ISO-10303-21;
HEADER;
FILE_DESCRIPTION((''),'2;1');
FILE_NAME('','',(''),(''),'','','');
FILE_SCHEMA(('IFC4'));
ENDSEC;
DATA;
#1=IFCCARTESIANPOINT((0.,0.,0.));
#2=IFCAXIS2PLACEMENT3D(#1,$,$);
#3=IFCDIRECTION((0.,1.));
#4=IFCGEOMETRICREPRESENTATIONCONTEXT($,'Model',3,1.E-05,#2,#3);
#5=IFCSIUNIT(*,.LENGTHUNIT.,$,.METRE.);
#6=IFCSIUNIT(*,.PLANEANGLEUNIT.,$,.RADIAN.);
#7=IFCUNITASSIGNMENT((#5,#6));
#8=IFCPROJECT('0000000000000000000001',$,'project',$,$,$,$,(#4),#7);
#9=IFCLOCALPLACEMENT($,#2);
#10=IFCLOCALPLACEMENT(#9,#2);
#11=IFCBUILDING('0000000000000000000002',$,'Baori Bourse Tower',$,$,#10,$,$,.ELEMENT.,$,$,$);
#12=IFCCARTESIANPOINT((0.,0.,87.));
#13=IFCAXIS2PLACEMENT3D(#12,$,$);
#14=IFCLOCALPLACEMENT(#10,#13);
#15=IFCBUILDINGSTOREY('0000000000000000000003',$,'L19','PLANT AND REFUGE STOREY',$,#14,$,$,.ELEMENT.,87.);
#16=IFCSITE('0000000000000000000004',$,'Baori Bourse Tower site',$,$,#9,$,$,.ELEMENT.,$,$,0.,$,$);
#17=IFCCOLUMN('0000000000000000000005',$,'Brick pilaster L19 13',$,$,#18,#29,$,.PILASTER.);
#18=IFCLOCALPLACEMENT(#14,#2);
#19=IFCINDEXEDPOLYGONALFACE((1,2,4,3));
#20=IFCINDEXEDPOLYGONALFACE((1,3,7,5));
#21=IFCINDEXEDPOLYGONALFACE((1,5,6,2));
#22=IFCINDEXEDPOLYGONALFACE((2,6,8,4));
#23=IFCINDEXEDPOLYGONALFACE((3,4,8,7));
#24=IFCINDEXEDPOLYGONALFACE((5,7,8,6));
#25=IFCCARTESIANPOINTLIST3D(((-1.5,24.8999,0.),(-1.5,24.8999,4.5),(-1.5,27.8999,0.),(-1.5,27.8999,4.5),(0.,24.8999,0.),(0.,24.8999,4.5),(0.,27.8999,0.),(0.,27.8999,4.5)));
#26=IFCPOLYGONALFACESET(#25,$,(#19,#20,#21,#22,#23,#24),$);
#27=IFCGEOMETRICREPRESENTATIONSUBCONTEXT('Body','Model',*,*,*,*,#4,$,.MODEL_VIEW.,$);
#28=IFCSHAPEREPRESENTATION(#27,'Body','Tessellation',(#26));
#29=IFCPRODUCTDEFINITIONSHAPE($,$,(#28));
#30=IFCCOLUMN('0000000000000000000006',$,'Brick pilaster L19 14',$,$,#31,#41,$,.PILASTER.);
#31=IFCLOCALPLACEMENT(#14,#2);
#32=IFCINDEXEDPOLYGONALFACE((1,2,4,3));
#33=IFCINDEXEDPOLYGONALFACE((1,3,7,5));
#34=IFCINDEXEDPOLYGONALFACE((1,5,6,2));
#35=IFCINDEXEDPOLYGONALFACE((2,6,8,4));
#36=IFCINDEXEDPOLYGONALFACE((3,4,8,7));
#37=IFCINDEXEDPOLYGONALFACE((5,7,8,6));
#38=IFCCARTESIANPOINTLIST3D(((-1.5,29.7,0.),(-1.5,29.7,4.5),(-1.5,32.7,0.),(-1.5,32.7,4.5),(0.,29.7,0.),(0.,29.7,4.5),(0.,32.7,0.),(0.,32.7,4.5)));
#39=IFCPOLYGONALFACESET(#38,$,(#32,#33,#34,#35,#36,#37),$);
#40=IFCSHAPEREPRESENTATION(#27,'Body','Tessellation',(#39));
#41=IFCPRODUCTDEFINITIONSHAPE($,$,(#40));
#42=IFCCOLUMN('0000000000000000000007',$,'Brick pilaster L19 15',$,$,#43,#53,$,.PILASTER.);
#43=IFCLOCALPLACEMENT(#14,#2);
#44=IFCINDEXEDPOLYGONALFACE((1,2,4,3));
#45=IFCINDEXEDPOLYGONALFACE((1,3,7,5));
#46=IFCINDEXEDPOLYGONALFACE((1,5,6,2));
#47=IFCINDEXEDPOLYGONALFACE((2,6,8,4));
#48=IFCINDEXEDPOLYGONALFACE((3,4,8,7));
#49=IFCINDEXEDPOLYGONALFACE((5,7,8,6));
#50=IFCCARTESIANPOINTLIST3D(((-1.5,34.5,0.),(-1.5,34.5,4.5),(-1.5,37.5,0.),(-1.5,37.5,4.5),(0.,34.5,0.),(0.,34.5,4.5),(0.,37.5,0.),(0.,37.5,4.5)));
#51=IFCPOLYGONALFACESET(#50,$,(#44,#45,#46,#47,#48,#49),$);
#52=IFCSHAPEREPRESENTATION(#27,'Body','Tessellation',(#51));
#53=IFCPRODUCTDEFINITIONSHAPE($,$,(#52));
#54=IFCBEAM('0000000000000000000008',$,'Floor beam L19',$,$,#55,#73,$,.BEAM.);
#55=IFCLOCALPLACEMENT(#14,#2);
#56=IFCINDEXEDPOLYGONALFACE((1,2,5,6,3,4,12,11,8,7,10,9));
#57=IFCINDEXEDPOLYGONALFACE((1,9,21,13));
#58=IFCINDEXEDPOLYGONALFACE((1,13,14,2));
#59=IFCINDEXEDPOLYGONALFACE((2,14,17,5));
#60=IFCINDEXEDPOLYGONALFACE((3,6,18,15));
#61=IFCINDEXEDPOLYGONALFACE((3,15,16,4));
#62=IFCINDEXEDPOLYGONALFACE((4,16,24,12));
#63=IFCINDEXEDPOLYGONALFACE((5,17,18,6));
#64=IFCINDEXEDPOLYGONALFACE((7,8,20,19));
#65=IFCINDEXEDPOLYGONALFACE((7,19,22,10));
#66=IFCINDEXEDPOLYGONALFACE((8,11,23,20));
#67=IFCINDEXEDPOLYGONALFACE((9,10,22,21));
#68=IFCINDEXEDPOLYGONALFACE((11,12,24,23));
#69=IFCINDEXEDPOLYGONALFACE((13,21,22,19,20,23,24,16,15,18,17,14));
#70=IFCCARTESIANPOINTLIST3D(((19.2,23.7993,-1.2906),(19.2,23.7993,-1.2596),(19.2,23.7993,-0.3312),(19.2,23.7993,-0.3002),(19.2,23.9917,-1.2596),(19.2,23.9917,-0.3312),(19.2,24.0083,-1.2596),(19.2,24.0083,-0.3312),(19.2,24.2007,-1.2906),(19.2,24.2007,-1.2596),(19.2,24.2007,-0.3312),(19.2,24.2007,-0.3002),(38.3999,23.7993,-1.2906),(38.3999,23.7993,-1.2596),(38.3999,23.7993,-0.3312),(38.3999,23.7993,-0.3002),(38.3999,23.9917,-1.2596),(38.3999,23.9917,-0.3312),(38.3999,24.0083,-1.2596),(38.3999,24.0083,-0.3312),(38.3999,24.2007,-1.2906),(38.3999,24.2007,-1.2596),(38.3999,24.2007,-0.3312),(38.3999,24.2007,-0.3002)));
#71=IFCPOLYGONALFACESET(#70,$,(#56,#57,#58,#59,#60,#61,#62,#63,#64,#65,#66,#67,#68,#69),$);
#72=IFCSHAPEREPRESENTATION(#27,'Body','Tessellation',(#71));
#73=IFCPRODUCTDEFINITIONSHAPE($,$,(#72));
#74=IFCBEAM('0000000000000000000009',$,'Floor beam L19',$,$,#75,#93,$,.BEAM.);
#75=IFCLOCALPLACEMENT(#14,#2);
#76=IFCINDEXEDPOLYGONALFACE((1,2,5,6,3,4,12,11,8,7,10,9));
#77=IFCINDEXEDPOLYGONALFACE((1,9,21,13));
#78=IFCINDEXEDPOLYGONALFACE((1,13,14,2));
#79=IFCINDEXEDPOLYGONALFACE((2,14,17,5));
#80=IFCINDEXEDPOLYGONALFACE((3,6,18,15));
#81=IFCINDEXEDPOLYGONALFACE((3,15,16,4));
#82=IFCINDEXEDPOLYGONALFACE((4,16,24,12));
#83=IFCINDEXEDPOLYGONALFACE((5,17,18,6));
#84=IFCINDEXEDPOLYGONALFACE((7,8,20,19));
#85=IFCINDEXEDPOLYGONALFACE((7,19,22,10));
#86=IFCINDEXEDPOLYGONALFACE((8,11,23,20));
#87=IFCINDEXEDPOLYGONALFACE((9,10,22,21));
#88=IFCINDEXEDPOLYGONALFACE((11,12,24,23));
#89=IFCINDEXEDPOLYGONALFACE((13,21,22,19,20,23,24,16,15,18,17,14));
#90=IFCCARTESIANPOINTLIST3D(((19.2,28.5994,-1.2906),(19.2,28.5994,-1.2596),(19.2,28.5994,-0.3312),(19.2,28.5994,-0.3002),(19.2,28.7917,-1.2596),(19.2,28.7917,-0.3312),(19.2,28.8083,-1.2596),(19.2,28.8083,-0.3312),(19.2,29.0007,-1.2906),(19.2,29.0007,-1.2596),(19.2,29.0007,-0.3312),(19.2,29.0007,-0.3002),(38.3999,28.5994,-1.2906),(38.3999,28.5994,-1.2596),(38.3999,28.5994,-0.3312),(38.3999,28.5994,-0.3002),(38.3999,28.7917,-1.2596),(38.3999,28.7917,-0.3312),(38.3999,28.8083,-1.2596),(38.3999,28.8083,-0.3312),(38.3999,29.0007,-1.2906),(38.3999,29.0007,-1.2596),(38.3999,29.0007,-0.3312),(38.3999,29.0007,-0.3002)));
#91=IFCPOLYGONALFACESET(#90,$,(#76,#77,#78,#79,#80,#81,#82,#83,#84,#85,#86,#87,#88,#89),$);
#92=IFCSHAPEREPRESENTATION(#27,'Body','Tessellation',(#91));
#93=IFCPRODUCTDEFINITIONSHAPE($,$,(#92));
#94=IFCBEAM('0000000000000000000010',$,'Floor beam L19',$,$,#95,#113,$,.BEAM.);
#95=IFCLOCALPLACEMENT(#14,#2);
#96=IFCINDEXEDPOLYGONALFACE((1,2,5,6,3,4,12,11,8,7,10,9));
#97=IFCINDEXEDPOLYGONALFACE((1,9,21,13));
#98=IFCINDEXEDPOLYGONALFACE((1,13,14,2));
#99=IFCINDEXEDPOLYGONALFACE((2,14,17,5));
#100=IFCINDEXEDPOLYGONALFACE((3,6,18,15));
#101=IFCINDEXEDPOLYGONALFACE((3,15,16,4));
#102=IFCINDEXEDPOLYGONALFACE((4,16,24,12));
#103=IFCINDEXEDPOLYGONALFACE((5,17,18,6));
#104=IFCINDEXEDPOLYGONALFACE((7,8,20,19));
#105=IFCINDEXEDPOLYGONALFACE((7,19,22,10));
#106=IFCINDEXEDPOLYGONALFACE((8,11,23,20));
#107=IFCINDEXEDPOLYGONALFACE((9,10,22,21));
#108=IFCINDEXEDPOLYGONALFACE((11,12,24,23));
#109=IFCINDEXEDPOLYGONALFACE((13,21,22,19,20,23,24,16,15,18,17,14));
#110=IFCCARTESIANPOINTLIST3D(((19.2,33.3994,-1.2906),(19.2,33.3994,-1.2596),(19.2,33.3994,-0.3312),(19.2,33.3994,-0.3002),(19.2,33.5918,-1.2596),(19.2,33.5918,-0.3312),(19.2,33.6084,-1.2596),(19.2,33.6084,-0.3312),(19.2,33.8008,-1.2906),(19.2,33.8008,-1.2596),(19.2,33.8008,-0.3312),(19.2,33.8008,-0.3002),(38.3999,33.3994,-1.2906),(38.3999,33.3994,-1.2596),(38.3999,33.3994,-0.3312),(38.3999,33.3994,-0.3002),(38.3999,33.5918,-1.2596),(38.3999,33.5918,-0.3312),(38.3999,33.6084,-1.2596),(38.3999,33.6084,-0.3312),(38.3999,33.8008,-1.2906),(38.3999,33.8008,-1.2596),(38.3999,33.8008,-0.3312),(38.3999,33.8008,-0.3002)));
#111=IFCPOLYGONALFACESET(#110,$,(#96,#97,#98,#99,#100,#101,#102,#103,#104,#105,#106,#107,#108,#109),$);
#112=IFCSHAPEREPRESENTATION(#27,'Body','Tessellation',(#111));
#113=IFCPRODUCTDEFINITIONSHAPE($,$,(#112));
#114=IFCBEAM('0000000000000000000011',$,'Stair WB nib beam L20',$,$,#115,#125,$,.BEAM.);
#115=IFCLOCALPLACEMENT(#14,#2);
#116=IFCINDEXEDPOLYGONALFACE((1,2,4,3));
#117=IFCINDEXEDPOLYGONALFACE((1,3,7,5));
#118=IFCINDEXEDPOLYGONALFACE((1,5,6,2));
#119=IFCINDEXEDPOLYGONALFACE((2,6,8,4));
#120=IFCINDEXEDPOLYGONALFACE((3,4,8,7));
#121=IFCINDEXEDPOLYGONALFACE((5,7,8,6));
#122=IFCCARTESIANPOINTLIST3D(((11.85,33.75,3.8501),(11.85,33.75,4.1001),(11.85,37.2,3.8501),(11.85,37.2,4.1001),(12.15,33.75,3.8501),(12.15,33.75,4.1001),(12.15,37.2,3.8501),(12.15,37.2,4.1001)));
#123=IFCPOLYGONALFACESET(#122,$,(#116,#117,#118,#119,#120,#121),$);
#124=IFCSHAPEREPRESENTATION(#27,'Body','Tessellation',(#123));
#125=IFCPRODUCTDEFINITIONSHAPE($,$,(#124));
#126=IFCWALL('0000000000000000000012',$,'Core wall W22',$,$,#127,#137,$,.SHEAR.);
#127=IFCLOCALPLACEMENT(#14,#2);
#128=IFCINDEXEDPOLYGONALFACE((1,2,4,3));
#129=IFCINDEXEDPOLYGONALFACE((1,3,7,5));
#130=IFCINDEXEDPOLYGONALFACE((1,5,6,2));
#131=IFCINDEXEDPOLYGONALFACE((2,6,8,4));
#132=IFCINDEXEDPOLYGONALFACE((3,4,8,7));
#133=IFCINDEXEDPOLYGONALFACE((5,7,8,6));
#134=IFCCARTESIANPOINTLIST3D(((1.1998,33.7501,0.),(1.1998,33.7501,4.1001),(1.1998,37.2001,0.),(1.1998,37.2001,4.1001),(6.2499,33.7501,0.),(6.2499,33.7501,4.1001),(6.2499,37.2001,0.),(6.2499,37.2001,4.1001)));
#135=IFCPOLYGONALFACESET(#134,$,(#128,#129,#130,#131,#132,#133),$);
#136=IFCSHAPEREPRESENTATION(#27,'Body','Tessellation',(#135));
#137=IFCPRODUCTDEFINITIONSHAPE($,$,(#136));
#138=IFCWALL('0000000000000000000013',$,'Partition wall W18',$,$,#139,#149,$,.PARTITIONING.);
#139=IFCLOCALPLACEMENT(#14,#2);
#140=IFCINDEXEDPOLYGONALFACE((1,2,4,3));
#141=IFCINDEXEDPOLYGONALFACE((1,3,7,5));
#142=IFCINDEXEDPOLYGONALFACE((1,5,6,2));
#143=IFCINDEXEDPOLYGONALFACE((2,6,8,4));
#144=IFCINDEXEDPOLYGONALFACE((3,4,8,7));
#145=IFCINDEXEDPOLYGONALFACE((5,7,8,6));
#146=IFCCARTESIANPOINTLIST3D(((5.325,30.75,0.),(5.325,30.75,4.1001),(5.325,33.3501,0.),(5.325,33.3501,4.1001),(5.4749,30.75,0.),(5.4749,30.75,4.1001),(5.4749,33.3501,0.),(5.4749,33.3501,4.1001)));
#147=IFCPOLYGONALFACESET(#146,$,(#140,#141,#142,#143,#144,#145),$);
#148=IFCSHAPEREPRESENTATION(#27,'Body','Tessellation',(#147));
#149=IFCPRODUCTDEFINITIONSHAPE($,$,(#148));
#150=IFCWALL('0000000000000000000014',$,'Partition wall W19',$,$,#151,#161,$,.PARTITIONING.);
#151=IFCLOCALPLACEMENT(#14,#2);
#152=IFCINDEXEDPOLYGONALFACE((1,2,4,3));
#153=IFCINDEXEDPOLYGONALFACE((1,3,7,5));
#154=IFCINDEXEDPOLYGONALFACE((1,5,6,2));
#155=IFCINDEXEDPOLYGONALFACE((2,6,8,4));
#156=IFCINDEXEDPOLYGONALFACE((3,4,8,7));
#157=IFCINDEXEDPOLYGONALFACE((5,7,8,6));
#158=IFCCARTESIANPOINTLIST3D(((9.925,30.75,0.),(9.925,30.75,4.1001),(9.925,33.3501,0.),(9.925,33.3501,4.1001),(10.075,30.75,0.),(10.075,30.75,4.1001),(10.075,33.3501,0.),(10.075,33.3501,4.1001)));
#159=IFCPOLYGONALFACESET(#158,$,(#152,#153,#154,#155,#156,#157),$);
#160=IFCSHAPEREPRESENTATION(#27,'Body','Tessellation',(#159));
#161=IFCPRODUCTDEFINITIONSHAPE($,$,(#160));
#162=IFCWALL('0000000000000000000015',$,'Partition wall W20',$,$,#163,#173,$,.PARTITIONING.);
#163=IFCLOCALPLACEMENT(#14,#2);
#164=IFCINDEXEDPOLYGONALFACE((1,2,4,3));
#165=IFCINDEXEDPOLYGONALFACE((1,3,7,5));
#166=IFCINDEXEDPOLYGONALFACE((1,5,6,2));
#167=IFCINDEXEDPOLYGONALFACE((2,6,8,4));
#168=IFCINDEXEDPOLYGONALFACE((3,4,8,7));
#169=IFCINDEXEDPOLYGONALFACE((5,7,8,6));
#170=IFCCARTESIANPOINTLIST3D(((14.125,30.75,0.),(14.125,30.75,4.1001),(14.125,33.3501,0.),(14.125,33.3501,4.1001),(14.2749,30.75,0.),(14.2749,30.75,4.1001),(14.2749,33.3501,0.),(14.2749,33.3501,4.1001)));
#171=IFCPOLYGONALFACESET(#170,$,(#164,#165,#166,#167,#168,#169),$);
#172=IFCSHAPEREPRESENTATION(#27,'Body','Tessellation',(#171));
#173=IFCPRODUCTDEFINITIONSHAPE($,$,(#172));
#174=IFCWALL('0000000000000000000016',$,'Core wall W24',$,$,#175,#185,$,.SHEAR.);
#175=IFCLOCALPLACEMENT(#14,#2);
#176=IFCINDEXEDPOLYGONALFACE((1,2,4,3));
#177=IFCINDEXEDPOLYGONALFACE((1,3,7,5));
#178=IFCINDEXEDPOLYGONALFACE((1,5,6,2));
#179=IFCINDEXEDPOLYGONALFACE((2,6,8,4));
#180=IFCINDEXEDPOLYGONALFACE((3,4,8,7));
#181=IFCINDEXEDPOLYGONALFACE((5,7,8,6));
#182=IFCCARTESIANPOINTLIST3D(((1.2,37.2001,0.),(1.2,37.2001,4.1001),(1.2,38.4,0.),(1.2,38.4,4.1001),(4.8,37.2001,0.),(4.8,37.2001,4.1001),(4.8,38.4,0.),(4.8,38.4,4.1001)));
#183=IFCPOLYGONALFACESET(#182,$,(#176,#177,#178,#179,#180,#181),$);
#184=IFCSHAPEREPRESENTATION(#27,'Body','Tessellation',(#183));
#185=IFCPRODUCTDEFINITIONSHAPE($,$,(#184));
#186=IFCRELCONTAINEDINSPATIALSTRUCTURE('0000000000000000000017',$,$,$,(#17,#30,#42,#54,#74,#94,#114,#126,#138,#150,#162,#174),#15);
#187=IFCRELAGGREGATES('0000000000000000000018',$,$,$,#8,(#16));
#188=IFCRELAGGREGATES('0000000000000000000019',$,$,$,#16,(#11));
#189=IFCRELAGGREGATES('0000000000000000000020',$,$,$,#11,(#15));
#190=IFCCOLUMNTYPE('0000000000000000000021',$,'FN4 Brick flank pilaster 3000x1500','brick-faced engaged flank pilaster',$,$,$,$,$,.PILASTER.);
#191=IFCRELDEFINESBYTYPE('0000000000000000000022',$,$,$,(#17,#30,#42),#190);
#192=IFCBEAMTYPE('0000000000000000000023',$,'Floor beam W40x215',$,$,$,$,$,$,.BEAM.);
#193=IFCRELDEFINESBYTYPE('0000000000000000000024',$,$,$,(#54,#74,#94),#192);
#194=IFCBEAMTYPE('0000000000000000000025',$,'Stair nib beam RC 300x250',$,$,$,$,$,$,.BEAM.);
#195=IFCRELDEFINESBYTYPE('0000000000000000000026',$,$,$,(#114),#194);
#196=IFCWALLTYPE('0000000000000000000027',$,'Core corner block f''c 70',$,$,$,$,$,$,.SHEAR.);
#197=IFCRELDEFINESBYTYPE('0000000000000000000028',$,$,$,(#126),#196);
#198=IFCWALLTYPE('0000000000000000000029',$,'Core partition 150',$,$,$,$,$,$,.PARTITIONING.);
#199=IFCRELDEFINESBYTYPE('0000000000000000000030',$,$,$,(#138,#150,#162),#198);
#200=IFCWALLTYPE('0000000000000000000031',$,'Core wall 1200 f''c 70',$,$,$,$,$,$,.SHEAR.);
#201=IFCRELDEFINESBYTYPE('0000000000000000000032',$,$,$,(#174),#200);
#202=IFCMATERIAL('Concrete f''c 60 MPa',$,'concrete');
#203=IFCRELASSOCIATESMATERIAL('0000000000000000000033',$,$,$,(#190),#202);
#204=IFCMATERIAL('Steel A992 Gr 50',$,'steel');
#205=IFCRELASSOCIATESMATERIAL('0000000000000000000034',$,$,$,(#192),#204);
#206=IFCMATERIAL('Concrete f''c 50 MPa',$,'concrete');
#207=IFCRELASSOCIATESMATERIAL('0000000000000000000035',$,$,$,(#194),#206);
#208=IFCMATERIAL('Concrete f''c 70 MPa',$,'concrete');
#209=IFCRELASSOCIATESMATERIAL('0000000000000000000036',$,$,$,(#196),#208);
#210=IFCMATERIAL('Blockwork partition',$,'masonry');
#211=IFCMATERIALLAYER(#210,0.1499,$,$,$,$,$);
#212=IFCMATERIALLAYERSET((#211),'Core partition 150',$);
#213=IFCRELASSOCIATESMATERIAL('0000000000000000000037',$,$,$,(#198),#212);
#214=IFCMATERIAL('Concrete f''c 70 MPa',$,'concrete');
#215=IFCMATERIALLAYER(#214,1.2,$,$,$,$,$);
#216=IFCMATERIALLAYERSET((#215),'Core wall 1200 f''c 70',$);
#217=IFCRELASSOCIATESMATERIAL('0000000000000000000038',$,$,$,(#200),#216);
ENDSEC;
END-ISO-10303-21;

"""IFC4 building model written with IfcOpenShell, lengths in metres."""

from ifc_helpers import new_model, si_unit, direction, frame, frame_2d, origin, origin_2d, place, context, subcontext, project, spatial, rectangle, i_section, extrude, material, layer, layer_set, material_profile, profile_set, type_object, element, save


model = new_model("IFC4")

# Units and contexts
model_context = context("Model", 3, precision=1e-05, world=origin(), true_north=direction((0.0, 1.0)))
body_context = subcontext(model_context, "Body", "Model", "MODEL_VIEW")
ifc_project = project(units=[si_unit("LENGTHUNIT", "METRE"), si_unit("PLANEANGLEUNIT", "RADIAN")], contexts=[model_context])

# Site, building, storey
site_placement = place(None, origin())
site = spatial("IfcSite", under=ifc_project, at=site_placement, Name="Baori Bourse Tower site", CompositionType="ELEMENT", RefElevation=0.0)
building_placement = place(site_placement, origin())
building = spatial("IfcBuilding", under=site, at=building_placement, Name="Baori Bourse Tower", CompositionType="ELEMENT")
storey_placement = place(building_placement, frame((0.0, 0.0, 87.0)))
storey = spatial("IfcBuildingStorey", under=building, at=storey_placement, Name="L19", Description="PLANT AND REFUGE STOREY", CompositionType="ELEMENT", Elevation=87.0)

# Columns
ifc_material_1 = material(Name="Concrete f'c 60 MPa", Category="concrete")
ifc_material_profile_1 = material_profile(ifc_material_1, rectangle(XDim=3.0, YDim=1.5, at=origin_2d()), Name="RC 3000x1500")
ifc_profile_set_1 = profile_set([ifc_material_profile_1], Name="Concrete f'c 60 MPa")
column_type = type_object("IfcColumnType", Name="FN4 Brick flank pilaster 3000x1500", Description="brick-faced engaged flank pilaster", PredefinedType="PILASTER", material=ifc_profile_set_1)
for number, where, z_axis, x_axis, name in (
    (1, (-0.75, 26.3999, 0.0), (0.0, 0.0, 1.0), (0.0, 1.0, 0.0), "Brick pilaster L19 13"),
    (2, (-0.75, 31.2, 0.0), (0.0, 0.0, 1.0), (0.0, 1.0, 0.0), "Brick pilaster L19 14"),
    (3, (-0.75, 36.0, 0.0), (0.0, 0.0, 1.0), (0.0, 1.0, 0.0), "Brick pilaster L19 15"),
):
    element("IfcColumn", number, at=place(storey_placement, frame(where, z_axis=z_axis, x_axis=x_axis)), inside=storey, type_object=column_type, Name=name, PredefinedType="PILASTER", context=body_context, shape_type="SweptSolid", body=[
        extrude(rectangle(XDim=3.0, YDim=1.5, at=origin_2d()), origin(), (0.0, 0.0, 1.0), 4.5),
    ])

# Beams
ifc_material_2 = material(Name="Steel A992 Gr 50", Category="steel")
ifc_material_profile_2 = material_profile(ifc_material_2, i_section(OverallWidth=0.4014, OverallDepth=0.9905, WebThickness=0.0166, FlangeThickness=0.031, at=origin_2d()), Name="W40x215")
ifc_profile_set_2 = profile_set([ifc_material_profile_2], Name="Steel A992 Gr 50")
beam_type_1 = type_object("IfcBeamType", Name="Floor beam W40x215", PredefinedType="BEAM", material=ifc_profile_set_2)
for number, where, z_axis, x_axis, name in (
    (4, (19.2, 24.0, -0.7954), (1.0, 0.0, 0.0), (0.0, 1.0, 0.0), "Floor beam L19"),
    (5, (19.2, 28.8, -0.7954), (1.0, 0.0, 0.0), (0.0, 1.0, 0.0), "Floor beam L19"),
    (6, (19.2, 33.6001, -0.7954), (1.0, 0.0, 0.0), (0.0, 1.0, 0.0), "Floor beam L19"),
):
    element("IfcBeam", number, at=place(storey_placement, frame(where, z_axis=z_axis, x_axis=x_axis)), inside=storey, type_object=beam_type_1, Name=name, PredefinedType="BEAM", context=body_context, shape_type="SweptSolid", body=[
        extrude(i_section(OverallWidth=0.4014, OverallDepth=0.9905, WebThickness=0.0166, FlangeThickness=0.031, at=origin_2d()), origin(), (0.0, 0.0, 1.0), 19.2),
    ])
ifc_material_3 = material(Name="Concrete f'c 50 MPa", Category="concrete")
ifc_material_profile_3 = material_profile(ifc_material_3, rectangle(XDim=0.3, YDim=0.25, at=origin_2d()), Name="RC 300x250")
ifc_profile_set_3 = profile_set([ifc_material_profile_3], Name="Concrete f'c 50 MPa")
beam_type_2 = type_object("IfcBeamType", Name="Stair nib beam RC 300x250", PredefinedType="BEAM", material=ifc_profile_set_3)
beam_placement = place(storey_placement, frame((12.0, 33.75, 3.9751), z_axis=(0.0, 1.0, 0.0), x_axis=(-1.0, 0.0, 0.0)))
element("IfcBeam", 7, at=beam_placement, inside=storey, type_object=beam_type_2, Name="Stair WB nib beam L20", PredefinedType="BEAM", context=body_context, shape_type="SweptSolid", body=[
    extrude(rectangle(XDim=0.3, YDim=0.25, at=origin_2d()), origin(), (0.0, 0.0, 1.0), 3.45),
])

# Walls
ifc_material_4 = material(Name="Concrete f'c 70 MPa", Category="concrete")
wall_type_1 = type_object("IfcWallType", Name="Core corner block f'c 70", PredefinedType="SHEAR", material=ifc_material_4)
wall_1_placement = place(storey_placement, frame((1.2, 35.4751, 0.0), z_axis=(0.0, 0.0, 1.0), x_axis=(1.0, 0.0, 0.0)))
element("IfcWall", 8, at=wall_1_placement, inside=storey, type_object=wall_type_1, Name="Core wall W22", PredefinedType="SHEAR", context=body_context, shape_type="SweptSolid", body=[
    extrude(rectangle(XDim=5.05, YDim=3.45, at=frame_2d((2.5249, 0.0))), origin(), (0.0, 0.0, 1.0), 4.1001),
])
ifc_material_5 = material(Name="Blockwork partition", Category="masonry")
ifc_layer_1 = layer(ifc_material_5, 0.1499)
ifc_layer_set_1 = layer_set([ifc_layer_1], Name="Core partition 150")
wall_type_2 = type_object("IfcWallType", Name="Core partition 150", PredefinedType="PARTITIONING", material=ifc_layer_set_1)
for number, where, z_axis, x_axis, name in (
    (9, (5.3999, 30.75, 0.0), (0.0, 0.0, 1.0), (0.0, 1.0, 0.0), "Partition wall W18"),
    (10, (10.0, 30.75, 0.0), (0.0, 0.0, 1.0), (0.0, 1.0, 0.0), "Partition wall W19"),
    (11, (14.2, 30.75, 0.0), (0.0, 0.0, 1.0), (0.0, 1.0, 0.0), "Partition wall W20"),
):
    element("IfcWall", number, at=place(storey_placement, frame(where, z_axis=z_axis, x_axis=x_axis)), inside=storey, type_object=wall_type_2, Name=name, PredefinedType="PARTITIONING", context=body_context, shape_type="SweptSolid", body=[
        extrude(rectangle(XDim=2.6001, YDim=0.1499, at=frame_2d((1.3, 0.0))), origin(), (0.0, 0.0, 1.0), 4.1001),
    ])
ifc_material_6 = material(Name="Concrete f'c 70 MPa", Category="concrete")
ifc_layer_2 = layer(ifc_material_6, 1.2)
ifc_layer_set_2 = layer_set([ifc_layer_2], Name="Core wall 1200 f'c 70")
wall_type_3 = type_object("IfcWallType", Name="Core wall 1200 f'c 70", PredefinedType="SHEAR", material=ifc_layer_set_2)
wall_2_placement = place(storey_placement, frame((1.2, 37.8, 0.0), z_axis=(0.0, 0.0, 1.0), x_axis=(1.0, 0.0, 0.0)))
element("IfcWall", 12, at=wall_2_placement, inside=storey, type_object=wall_type_3, Name="Core wall W24", PredefinedType="SHEAR", context=body_context, shape_type="SweptSolid", body=[
    extrude(rectangle(XDim=3.6001, YDim=1.2, at=frame_2d((1.8, 0.0))), origin(), (0.0, 0.0, 1.0), 4.1001),
])

save(model, "model.ifc")
